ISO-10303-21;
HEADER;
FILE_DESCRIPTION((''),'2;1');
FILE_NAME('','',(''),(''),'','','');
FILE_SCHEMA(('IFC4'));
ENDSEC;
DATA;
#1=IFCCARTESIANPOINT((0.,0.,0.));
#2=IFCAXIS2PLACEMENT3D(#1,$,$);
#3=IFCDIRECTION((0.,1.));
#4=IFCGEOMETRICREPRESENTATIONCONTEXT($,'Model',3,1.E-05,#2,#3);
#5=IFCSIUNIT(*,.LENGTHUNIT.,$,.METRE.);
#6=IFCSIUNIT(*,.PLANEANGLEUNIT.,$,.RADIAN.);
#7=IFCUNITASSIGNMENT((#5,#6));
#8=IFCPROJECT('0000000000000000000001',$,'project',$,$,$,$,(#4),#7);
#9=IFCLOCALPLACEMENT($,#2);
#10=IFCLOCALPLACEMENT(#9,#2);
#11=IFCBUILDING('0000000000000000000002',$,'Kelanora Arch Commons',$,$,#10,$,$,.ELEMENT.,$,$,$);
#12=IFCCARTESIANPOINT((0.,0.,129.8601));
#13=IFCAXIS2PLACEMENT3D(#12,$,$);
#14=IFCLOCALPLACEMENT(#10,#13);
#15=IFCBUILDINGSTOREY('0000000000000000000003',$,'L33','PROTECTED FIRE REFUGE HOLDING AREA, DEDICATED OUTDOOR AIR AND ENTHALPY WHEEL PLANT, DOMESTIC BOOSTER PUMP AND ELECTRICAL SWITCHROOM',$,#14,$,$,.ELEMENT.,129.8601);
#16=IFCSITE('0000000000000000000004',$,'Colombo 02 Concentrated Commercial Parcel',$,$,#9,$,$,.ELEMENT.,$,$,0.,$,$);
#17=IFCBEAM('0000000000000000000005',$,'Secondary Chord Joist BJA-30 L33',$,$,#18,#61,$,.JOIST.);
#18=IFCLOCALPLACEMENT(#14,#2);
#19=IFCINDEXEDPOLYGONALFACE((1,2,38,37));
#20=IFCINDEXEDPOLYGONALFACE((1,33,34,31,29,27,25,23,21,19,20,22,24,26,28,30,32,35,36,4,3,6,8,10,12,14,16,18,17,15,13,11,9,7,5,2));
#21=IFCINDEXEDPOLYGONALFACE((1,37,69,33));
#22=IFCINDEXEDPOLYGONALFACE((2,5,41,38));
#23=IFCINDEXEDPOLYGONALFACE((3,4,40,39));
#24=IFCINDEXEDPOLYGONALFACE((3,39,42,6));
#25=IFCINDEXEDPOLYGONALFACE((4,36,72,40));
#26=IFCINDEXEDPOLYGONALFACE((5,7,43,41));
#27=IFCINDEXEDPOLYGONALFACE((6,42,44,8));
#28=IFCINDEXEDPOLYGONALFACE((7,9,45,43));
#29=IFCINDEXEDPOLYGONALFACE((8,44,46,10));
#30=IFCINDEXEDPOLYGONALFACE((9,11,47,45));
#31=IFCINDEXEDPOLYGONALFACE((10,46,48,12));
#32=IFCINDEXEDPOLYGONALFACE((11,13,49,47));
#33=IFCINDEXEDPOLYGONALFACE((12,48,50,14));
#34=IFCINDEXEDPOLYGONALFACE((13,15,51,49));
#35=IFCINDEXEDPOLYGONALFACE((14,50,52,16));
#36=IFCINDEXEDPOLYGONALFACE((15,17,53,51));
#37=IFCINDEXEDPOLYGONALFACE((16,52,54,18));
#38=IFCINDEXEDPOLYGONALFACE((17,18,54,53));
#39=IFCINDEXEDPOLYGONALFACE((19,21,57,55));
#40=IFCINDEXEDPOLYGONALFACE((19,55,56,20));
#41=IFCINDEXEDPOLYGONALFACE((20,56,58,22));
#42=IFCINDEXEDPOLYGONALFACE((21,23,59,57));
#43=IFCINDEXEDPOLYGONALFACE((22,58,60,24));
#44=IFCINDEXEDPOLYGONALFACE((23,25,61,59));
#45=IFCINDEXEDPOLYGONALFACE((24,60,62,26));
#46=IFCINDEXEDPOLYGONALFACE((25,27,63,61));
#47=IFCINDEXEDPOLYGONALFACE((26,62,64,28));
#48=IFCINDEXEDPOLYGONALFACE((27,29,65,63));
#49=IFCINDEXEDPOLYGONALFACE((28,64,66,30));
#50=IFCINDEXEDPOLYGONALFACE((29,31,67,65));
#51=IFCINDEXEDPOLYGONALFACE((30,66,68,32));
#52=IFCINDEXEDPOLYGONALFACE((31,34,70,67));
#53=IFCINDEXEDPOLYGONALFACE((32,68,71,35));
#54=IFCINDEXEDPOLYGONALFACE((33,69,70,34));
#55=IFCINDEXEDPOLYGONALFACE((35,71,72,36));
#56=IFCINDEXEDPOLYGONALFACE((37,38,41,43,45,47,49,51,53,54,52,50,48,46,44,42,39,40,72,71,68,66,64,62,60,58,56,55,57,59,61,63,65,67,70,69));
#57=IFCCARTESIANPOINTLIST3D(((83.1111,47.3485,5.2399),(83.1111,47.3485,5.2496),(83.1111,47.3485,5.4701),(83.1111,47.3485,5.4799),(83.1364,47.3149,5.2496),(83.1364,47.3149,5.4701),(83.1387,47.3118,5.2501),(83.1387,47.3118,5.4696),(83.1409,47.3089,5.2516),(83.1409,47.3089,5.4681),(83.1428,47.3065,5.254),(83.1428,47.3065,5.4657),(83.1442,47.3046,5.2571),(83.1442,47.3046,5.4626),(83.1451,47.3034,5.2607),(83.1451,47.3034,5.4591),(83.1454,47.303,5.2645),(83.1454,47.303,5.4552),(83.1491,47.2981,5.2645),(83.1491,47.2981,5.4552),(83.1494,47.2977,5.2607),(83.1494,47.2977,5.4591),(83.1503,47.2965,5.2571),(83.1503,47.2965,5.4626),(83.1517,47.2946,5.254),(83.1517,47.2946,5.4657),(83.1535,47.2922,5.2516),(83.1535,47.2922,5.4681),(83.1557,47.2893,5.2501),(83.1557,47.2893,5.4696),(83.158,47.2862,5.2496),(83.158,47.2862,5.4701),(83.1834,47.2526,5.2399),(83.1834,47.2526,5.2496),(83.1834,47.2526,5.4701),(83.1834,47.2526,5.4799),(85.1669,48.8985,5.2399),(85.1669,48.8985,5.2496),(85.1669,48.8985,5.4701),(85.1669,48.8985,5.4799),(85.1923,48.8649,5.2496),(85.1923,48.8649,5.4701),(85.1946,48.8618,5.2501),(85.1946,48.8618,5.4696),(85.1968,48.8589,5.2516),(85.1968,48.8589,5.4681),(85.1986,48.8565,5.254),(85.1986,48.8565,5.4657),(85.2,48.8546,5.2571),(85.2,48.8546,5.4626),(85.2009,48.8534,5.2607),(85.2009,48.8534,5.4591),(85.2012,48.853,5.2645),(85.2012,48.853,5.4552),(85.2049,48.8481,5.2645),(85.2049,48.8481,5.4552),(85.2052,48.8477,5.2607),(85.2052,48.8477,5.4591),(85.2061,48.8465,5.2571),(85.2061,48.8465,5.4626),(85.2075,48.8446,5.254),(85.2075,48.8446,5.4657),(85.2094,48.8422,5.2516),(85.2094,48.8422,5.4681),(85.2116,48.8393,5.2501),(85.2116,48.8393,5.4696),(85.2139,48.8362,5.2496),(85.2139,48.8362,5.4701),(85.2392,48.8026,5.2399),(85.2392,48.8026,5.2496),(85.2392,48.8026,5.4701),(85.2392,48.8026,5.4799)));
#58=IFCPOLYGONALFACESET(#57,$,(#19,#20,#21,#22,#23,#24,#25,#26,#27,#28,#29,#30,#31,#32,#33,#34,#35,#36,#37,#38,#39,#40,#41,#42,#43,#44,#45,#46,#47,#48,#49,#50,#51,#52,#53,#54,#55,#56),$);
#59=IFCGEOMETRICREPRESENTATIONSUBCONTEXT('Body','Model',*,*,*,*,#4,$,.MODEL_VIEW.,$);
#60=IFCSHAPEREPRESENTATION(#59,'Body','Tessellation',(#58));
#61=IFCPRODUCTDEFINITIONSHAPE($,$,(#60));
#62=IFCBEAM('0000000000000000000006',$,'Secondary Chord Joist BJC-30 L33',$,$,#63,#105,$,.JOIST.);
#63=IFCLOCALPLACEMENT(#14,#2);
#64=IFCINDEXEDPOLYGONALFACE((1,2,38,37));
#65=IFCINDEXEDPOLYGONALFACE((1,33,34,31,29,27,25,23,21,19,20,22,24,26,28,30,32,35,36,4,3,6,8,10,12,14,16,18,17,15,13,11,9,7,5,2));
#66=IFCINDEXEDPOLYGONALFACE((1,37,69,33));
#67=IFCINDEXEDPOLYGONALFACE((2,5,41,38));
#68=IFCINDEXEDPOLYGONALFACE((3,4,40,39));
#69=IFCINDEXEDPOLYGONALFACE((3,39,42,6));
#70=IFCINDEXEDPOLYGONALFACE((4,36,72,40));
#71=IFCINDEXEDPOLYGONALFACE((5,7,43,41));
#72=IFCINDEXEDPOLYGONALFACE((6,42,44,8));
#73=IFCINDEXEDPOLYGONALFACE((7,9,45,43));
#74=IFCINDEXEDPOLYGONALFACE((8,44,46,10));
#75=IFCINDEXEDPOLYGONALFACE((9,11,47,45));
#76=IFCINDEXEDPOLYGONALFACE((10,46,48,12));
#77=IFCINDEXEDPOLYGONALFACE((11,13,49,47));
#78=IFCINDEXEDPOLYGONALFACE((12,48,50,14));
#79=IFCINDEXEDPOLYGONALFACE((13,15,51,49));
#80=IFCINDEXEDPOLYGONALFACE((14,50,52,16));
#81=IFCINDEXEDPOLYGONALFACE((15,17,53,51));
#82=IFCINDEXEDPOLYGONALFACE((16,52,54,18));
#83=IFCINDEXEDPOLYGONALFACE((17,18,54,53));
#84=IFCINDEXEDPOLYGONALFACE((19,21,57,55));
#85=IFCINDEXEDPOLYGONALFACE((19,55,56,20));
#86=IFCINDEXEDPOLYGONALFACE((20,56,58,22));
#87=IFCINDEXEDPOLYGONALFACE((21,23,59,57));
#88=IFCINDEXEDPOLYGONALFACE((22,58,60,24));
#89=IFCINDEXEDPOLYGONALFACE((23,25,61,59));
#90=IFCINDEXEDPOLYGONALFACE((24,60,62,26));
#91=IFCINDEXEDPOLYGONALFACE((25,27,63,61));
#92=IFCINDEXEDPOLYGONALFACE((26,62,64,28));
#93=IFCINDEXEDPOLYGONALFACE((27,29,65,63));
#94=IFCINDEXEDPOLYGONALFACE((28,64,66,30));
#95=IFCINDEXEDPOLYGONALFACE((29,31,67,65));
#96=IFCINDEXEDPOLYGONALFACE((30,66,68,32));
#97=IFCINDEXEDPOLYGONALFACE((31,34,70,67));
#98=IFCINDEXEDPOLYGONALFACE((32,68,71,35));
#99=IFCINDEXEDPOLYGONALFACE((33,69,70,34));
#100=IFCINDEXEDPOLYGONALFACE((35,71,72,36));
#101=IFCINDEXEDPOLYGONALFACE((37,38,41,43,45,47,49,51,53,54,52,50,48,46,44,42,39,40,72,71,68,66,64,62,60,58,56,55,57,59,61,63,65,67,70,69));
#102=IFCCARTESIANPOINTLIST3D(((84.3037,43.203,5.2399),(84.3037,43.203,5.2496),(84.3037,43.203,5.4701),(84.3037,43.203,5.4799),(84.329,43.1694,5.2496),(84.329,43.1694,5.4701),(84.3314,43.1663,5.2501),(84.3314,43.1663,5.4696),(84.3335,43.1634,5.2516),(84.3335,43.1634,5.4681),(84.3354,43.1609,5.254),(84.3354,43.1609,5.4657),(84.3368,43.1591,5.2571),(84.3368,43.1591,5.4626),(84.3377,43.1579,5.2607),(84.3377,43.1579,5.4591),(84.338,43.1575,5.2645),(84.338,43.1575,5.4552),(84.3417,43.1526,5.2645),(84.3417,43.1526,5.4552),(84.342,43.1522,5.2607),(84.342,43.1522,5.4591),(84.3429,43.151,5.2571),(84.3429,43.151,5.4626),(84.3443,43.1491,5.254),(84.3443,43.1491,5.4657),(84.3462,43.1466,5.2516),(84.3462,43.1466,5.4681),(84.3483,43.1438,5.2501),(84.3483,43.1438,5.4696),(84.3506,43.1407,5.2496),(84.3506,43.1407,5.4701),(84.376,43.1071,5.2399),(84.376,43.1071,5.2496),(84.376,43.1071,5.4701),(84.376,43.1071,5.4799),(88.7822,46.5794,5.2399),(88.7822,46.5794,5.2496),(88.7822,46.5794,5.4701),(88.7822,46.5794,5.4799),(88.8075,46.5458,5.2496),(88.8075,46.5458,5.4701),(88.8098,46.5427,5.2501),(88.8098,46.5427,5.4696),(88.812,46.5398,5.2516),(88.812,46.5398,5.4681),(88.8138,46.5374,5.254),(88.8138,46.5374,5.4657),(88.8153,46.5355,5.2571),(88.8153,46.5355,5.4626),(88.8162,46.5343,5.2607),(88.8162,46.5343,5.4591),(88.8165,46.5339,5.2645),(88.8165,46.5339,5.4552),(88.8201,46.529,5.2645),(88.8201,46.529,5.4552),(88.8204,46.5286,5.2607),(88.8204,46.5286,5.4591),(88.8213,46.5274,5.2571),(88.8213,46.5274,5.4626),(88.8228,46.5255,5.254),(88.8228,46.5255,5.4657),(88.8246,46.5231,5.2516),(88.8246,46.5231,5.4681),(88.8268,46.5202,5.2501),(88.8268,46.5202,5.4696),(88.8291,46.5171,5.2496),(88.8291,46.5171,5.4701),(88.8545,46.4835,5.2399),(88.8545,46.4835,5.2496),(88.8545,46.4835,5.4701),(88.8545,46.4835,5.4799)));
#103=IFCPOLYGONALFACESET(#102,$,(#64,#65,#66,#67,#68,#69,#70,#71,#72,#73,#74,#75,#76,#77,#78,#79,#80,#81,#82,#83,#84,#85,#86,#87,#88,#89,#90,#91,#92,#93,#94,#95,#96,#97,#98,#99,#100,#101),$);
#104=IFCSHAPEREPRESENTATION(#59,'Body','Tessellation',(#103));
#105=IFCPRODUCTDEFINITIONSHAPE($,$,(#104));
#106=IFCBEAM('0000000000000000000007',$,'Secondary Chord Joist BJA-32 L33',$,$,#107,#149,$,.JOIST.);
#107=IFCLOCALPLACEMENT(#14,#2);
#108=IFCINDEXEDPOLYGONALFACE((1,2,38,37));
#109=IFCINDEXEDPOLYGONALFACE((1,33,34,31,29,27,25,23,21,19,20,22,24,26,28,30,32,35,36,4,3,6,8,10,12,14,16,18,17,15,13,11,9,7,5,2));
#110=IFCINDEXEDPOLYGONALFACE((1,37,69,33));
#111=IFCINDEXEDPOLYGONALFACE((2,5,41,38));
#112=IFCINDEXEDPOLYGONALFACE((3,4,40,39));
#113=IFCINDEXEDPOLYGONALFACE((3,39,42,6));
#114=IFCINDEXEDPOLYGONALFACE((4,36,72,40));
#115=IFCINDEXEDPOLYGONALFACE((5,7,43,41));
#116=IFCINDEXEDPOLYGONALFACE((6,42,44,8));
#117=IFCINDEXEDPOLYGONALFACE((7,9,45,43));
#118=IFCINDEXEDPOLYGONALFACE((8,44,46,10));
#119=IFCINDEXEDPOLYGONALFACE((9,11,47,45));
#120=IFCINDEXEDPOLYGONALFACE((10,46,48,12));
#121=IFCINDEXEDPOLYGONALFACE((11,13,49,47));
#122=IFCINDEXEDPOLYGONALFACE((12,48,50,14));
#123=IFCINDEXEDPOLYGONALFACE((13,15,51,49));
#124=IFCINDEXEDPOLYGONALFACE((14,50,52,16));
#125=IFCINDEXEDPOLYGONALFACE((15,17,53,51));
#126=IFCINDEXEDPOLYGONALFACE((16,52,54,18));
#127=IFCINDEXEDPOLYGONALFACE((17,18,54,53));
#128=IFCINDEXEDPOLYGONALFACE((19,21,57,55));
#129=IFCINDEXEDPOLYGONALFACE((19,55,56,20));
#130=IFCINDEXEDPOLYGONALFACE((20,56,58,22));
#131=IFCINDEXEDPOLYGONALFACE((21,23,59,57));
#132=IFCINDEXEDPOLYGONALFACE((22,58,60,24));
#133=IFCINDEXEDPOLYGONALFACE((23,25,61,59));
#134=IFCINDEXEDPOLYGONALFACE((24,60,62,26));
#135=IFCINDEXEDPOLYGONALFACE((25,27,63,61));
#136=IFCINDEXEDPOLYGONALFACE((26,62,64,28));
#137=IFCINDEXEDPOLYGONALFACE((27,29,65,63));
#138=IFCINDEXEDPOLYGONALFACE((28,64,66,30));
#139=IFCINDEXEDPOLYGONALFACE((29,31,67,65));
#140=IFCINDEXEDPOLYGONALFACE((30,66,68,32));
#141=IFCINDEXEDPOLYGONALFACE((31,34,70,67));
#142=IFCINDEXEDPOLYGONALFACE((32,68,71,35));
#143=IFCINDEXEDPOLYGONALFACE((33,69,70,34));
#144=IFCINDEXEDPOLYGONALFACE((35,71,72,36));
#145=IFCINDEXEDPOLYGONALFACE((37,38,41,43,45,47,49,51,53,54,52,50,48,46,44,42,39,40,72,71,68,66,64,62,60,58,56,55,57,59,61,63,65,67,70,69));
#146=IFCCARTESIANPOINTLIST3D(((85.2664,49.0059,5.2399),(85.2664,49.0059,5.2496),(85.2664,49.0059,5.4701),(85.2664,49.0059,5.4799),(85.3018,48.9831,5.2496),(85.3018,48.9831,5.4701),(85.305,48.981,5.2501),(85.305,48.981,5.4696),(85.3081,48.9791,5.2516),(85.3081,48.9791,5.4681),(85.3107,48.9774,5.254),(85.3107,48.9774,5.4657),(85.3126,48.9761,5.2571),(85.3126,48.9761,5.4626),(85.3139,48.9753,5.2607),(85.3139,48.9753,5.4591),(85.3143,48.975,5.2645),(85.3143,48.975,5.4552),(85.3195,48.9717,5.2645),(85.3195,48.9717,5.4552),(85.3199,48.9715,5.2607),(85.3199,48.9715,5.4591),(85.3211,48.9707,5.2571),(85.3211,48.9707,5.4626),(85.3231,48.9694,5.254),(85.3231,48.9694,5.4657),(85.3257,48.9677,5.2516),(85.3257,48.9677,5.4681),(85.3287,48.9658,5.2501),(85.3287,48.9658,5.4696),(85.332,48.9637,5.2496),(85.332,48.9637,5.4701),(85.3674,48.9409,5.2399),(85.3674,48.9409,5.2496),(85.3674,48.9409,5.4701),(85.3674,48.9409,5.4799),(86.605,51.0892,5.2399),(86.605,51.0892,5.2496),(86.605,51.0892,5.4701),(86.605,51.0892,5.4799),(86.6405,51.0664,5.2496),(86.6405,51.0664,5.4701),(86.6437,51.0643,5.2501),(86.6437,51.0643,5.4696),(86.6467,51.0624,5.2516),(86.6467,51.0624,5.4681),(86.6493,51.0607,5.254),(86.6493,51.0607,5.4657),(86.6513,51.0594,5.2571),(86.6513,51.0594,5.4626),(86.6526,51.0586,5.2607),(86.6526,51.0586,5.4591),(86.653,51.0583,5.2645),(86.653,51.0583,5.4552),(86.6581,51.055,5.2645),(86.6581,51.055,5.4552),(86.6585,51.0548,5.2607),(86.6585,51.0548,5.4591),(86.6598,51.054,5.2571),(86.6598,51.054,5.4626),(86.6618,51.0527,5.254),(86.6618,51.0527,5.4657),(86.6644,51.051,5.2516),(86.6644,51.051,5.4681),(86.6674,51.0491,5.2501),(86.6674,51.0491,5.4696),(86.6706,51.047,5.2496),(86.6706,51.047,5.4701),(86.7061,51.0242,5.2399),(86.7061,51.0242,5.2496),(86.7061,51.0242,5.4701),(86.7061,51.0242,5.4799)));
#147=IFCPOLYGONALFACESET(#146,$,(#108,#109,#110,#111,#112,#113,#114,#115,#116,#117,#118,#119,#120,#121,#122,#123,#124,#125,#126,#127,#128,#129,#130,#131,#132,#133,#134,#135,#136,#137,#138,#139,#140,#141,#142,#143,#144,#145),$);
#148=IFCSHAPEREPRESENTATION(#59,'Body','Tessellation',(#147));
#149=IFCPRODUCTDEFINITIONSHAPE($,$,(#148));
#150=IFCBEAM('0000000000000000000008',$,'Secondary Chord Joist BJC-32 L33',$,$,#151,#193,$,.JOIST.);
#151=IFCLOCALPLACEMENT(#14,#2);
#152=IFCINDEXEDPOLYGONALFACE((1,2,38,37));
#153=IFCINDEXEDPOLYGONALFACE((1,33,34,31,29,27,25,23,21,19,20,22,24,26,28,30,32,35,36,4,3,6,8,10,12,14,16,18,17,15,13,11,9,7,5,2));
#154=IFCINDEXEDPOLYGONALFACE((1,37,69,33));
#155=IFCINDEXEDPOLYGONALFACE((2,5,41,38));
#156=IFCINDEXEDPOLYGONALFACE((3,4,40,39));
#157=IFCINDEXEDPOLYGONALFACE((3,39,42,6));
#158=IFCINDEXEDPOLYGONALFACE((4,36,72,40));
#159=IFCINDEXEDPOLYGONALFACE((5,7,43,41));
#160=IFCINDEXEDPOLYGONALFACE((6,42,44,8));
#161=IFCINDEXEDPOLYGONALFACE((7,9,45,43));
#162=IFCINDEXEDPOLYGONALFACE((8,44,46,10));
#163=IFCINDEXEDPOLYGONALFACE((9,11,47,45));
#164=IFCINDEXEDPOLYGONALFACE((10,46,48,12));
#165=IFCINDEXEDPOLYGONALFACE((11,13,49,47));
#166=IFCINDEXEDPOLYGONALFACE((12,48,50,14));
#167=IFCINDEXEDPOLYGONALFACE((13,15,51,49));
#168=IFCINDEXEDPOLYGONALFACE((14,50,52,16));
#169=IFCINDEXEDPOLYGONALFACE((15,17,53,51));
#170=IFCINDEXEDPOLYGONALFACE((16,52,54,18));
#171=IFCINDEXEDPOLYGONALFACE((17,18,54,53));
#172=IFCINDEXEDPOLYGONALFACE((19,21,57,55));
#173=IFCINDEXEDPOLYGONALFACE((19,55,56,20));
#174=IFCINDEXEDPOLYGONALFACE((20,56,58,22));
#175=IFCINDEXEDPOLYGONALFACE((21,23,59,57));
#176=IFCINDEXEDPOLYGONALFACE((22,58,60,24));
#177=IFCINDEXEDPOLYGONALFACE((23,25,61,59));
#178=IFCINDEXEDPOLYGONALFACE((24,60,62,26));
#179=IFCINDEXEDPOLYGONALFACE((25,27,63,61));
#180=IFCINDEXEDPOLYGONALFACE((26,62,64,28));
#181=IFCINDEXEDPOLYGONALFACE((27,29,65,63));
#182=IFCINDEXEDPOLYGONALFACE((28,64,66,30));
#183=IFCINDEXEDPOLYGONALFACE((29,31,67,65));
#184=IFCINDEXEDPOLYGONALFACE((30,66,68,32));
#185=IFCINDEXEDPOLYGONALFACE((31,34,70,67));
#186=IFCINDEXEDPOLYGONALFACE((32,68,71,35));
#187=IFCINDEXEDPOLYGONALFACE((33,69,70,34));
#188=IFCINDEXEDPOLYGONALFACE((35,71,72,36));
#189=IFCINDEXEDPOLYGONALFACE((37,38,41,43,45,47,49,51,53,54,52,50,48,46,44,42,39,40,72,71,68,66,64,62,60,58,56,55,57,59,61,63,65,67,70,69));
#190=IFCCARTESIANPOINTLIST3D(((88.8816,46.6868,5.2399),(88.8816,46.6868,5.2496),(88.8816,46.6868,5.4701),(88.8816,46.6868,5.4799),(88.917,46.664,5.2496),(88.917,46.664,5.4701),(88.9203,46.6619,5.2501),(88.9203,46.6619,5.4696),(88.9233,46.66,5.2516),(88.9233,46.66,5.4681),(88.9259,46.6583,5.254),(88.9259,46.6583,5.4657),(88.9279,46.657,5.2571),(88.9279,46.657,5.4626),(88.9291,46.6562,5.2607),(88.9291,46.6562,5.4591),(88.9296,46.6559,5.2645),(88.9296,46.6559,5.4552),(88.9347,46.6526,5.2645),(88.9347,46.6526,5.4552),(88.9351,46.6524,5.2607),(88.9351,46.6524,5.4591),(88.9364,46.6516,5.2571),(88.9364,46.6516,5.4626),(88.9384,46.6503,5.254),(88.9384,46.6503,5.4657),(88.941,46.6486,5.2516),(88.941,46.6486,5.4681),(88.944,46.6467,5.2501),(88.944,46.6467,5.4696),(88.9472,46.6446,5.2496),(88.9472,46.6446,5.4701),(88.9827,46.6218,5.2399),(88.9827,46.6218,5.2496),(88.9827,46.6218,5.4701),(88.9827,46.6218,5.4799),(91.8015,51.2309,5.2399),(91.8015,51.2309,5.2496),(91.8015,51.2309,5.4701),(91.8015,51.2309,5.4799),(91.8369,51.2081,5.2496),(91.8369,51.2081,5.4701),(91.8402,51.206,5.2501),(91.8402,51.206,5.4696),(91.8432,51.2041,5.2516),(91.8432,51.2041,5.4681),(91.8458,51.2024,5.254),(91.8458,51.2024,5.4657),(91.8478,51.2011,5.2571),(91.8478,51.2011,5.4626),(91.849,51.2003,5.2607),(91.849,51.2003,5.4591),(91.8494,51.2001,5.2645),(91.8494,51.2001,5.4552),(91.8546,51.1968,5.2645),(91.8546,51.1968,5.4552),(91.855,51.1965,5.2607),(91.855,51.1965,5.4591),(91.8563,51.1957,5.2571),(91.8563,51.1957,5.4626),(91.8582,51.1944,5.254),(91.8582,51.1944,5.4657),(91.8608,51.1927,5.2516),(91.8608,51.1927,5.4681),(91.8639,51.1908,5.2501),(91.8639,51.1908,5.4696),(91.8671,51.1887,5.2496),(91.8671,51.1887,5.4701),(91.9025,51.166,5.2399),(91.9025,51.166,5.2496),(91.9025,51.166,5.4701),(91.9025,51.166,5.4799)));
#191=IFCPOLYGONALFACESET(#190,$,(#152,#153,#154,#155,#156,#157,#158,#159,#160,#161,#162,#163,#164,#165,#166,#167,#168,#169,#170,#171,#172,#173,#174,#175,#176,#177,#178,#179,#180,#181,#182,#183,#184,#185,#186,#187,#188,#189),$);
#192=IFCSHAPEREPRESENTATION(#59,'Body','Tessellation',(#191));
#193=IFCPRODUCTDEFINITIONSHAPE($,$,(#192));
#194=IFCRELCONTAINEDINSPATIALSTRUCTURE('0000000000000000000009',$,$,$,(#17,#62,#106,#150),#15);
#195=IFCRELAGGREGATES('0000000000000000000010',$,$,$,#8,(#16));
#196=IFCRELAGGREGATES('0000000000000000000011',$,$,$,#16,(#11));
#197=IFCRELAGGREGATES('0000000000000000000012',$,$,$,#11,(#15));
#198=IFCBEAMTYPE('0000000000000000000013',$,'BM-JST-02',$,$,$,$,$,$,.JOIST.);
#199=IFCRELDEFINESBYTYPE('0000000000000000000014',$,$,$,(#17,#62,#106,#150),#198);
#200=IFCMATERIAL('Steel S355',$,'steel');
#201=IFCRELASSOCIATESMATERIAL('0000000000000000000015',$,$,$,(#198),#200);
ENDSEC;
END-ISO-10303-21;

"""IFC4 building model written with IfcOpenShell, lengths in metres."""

from ifc_helpers import new_model, si_unit, direction, frame, origin, origin_2d, place, context, subcontext, project, spatial, i_section, extrude, material, material_profile, profile_set, type_object, element, save


model = new_model("IFC4")

# Units and contexts
model_context = context("Model", 3, precision=1e-05, world=origin(), true_north=direction((0.0, 1.0)))
body_context = subcontext(model_context, "Body", "Model", "MODEL_VIEW")
ifc_project = project(units=[si_unit("LENGTHUNIT", "METRE"), si_unit("PLANEANGLEUNIT", "RADIAN")], contexts=[model_context])

# Site, building, storey
site_placement = place(None, origin())
site = spatial("IfcSite", under=ifc_project, at=site_placement, Name="Colombo 02 Concentrated Commercial Parcel", CompositionType="ELEMENT", RefElevation=0.0)
building_placement = place(site_placement, origin())
building = spatial("IfcBuilding", under=site, at=building_placement, Name="Kelanora Arch Commons", CompositionType="ELEMENT")
storey_placement = place(building_placement, frame((0.0, 0.0, 129.8601)))
storey = spatial("IfcBuildingStorey", under=building, at=storey_placement, Name="L33", Description="PROTECTED FIRE REFUGE HOLDING AREA, DEDICATED OUTDOOR AIR AND ENTHALPY WHEEL PLANT, DOMESTIC BOOSTER PUMP AND ELECTRICAL SWITCHROOM", CompositionType="ELEMENT", Elevation=129.8601)

# Beams
ifc_material_1 = material(Name="Steel S355", Category="steel")
ifc_material_profile_1 = material_profile(ifc_material_1, i_section(OverallWidth=0.1201, OverallDepth=0.24, WebThickness=0.0061, FlangeThickness=0.0098, FilletRadius=0.0149, at=origin_2d()), Name="IPE240")
ifc_profile_set_1 = profile_set([ifc_material_profile_1], Name="Steel S355")
beam_type_1 = type_object("IfcBeamType", Name="BM-JST-02", PredefinedType="JOIST", material=ifc_profile_set_1)
beam_1_placement = place(storey_placement, frame((83.1472, 47.3005, 5.3599), z_axis=(0.798484, 0.602016, 0.0), x_axis=(-0.602016, 0.798484, 0.0)))
element("IfcBeam", 1, at=beam_1_placement, inside=storey, type_object=beam_type_1, Name="Secondary Chord Joist BJA-30 L33", PredefinedType="JOIST", context=body_context, shape_type="SweptSolid", body=[
    extrude(i_section(OverallWidth=0.1201, OverallDepth=0.24, WebThickness=0.0061, FlangeThickness=0.0098, FilletRadius=0.0149, at=origin_2d()), origin(), (0.0, 0.0, 1.0), 2.5747),
])
beam_2_placement = place(storey_placement, frame((84.3398, 43.155, 5.3599), z_axis=(0.798493, 0.602004, 0.0), x_axis=(-0.602004, 0.798493, 0.0)))
element("IfcBeam", 2, at=beam_2_placement, inside=storey, type_object=beam_type_1, Name="Secondary Chord Joist BJC-30 L33", PredefinedType="JOIST", context=body_context, shape_type="SweptSolid", body=[
    extrude(i_section(OverallWidth=0.1201, OverallDepth=0.24, WebThickness=0.0061, FlangeThickness=0.0098, FilletRadius=0.0149, at=origin_2d()), origin(), (0.0, 0.0, 1.0), 5.6086),
])
beam_3_placement = place(storey_placement, frame((85.3169, 48.9734, 5.3599), z_axis=(0.540583, 0.841291, 0.0), x_axis=(-0.841291, 0.540583, 0.0)))
element("IfcBeam", 3, at=beam_3_placement, inside=storey, type_object=beam_type_1, Name="Secondary Chord Joist BJA-32 L33", PredefinedType="JOIST", context=body_context, shape_type="SweptSolid", body=[
    extrude(i_section(OverallWidth=0.1201, OverallDepth=0.24, WebThickness=0.0061, FlangeThickness=0.0098, FilletRadius=0.0149, at=origin_2d()), origin(), (0.0, 0.0, 1.0), 2.4763),
])
beam_4_placement = place(storey_placement, frame((88.9321, 46.6543, 5.3599), z_axis=(0.540582, 0.841292, 0.0), x_axis=(-0.841292, 0.540582, 0.0)))
element("IfcBeam", 4, at=beam_4_placement, inside=storey, type_object=beam_type_1, Name="Secondary Chord Joist BJC-32 L33", PredefinedType="JOIST", context=body_context, shape_type="SweptSolid", body=[
    extrude(i_section(OverallWidth=0.1201, OverallDepth=0.24, WebThickness=0.0061, FlangeThickness=0.0098, FilletRadius=0.0149, at=origin_2d()), origin(), (0.0, 0.0, 1.0), 5.4014),
])

save(model, "model.ifc")
